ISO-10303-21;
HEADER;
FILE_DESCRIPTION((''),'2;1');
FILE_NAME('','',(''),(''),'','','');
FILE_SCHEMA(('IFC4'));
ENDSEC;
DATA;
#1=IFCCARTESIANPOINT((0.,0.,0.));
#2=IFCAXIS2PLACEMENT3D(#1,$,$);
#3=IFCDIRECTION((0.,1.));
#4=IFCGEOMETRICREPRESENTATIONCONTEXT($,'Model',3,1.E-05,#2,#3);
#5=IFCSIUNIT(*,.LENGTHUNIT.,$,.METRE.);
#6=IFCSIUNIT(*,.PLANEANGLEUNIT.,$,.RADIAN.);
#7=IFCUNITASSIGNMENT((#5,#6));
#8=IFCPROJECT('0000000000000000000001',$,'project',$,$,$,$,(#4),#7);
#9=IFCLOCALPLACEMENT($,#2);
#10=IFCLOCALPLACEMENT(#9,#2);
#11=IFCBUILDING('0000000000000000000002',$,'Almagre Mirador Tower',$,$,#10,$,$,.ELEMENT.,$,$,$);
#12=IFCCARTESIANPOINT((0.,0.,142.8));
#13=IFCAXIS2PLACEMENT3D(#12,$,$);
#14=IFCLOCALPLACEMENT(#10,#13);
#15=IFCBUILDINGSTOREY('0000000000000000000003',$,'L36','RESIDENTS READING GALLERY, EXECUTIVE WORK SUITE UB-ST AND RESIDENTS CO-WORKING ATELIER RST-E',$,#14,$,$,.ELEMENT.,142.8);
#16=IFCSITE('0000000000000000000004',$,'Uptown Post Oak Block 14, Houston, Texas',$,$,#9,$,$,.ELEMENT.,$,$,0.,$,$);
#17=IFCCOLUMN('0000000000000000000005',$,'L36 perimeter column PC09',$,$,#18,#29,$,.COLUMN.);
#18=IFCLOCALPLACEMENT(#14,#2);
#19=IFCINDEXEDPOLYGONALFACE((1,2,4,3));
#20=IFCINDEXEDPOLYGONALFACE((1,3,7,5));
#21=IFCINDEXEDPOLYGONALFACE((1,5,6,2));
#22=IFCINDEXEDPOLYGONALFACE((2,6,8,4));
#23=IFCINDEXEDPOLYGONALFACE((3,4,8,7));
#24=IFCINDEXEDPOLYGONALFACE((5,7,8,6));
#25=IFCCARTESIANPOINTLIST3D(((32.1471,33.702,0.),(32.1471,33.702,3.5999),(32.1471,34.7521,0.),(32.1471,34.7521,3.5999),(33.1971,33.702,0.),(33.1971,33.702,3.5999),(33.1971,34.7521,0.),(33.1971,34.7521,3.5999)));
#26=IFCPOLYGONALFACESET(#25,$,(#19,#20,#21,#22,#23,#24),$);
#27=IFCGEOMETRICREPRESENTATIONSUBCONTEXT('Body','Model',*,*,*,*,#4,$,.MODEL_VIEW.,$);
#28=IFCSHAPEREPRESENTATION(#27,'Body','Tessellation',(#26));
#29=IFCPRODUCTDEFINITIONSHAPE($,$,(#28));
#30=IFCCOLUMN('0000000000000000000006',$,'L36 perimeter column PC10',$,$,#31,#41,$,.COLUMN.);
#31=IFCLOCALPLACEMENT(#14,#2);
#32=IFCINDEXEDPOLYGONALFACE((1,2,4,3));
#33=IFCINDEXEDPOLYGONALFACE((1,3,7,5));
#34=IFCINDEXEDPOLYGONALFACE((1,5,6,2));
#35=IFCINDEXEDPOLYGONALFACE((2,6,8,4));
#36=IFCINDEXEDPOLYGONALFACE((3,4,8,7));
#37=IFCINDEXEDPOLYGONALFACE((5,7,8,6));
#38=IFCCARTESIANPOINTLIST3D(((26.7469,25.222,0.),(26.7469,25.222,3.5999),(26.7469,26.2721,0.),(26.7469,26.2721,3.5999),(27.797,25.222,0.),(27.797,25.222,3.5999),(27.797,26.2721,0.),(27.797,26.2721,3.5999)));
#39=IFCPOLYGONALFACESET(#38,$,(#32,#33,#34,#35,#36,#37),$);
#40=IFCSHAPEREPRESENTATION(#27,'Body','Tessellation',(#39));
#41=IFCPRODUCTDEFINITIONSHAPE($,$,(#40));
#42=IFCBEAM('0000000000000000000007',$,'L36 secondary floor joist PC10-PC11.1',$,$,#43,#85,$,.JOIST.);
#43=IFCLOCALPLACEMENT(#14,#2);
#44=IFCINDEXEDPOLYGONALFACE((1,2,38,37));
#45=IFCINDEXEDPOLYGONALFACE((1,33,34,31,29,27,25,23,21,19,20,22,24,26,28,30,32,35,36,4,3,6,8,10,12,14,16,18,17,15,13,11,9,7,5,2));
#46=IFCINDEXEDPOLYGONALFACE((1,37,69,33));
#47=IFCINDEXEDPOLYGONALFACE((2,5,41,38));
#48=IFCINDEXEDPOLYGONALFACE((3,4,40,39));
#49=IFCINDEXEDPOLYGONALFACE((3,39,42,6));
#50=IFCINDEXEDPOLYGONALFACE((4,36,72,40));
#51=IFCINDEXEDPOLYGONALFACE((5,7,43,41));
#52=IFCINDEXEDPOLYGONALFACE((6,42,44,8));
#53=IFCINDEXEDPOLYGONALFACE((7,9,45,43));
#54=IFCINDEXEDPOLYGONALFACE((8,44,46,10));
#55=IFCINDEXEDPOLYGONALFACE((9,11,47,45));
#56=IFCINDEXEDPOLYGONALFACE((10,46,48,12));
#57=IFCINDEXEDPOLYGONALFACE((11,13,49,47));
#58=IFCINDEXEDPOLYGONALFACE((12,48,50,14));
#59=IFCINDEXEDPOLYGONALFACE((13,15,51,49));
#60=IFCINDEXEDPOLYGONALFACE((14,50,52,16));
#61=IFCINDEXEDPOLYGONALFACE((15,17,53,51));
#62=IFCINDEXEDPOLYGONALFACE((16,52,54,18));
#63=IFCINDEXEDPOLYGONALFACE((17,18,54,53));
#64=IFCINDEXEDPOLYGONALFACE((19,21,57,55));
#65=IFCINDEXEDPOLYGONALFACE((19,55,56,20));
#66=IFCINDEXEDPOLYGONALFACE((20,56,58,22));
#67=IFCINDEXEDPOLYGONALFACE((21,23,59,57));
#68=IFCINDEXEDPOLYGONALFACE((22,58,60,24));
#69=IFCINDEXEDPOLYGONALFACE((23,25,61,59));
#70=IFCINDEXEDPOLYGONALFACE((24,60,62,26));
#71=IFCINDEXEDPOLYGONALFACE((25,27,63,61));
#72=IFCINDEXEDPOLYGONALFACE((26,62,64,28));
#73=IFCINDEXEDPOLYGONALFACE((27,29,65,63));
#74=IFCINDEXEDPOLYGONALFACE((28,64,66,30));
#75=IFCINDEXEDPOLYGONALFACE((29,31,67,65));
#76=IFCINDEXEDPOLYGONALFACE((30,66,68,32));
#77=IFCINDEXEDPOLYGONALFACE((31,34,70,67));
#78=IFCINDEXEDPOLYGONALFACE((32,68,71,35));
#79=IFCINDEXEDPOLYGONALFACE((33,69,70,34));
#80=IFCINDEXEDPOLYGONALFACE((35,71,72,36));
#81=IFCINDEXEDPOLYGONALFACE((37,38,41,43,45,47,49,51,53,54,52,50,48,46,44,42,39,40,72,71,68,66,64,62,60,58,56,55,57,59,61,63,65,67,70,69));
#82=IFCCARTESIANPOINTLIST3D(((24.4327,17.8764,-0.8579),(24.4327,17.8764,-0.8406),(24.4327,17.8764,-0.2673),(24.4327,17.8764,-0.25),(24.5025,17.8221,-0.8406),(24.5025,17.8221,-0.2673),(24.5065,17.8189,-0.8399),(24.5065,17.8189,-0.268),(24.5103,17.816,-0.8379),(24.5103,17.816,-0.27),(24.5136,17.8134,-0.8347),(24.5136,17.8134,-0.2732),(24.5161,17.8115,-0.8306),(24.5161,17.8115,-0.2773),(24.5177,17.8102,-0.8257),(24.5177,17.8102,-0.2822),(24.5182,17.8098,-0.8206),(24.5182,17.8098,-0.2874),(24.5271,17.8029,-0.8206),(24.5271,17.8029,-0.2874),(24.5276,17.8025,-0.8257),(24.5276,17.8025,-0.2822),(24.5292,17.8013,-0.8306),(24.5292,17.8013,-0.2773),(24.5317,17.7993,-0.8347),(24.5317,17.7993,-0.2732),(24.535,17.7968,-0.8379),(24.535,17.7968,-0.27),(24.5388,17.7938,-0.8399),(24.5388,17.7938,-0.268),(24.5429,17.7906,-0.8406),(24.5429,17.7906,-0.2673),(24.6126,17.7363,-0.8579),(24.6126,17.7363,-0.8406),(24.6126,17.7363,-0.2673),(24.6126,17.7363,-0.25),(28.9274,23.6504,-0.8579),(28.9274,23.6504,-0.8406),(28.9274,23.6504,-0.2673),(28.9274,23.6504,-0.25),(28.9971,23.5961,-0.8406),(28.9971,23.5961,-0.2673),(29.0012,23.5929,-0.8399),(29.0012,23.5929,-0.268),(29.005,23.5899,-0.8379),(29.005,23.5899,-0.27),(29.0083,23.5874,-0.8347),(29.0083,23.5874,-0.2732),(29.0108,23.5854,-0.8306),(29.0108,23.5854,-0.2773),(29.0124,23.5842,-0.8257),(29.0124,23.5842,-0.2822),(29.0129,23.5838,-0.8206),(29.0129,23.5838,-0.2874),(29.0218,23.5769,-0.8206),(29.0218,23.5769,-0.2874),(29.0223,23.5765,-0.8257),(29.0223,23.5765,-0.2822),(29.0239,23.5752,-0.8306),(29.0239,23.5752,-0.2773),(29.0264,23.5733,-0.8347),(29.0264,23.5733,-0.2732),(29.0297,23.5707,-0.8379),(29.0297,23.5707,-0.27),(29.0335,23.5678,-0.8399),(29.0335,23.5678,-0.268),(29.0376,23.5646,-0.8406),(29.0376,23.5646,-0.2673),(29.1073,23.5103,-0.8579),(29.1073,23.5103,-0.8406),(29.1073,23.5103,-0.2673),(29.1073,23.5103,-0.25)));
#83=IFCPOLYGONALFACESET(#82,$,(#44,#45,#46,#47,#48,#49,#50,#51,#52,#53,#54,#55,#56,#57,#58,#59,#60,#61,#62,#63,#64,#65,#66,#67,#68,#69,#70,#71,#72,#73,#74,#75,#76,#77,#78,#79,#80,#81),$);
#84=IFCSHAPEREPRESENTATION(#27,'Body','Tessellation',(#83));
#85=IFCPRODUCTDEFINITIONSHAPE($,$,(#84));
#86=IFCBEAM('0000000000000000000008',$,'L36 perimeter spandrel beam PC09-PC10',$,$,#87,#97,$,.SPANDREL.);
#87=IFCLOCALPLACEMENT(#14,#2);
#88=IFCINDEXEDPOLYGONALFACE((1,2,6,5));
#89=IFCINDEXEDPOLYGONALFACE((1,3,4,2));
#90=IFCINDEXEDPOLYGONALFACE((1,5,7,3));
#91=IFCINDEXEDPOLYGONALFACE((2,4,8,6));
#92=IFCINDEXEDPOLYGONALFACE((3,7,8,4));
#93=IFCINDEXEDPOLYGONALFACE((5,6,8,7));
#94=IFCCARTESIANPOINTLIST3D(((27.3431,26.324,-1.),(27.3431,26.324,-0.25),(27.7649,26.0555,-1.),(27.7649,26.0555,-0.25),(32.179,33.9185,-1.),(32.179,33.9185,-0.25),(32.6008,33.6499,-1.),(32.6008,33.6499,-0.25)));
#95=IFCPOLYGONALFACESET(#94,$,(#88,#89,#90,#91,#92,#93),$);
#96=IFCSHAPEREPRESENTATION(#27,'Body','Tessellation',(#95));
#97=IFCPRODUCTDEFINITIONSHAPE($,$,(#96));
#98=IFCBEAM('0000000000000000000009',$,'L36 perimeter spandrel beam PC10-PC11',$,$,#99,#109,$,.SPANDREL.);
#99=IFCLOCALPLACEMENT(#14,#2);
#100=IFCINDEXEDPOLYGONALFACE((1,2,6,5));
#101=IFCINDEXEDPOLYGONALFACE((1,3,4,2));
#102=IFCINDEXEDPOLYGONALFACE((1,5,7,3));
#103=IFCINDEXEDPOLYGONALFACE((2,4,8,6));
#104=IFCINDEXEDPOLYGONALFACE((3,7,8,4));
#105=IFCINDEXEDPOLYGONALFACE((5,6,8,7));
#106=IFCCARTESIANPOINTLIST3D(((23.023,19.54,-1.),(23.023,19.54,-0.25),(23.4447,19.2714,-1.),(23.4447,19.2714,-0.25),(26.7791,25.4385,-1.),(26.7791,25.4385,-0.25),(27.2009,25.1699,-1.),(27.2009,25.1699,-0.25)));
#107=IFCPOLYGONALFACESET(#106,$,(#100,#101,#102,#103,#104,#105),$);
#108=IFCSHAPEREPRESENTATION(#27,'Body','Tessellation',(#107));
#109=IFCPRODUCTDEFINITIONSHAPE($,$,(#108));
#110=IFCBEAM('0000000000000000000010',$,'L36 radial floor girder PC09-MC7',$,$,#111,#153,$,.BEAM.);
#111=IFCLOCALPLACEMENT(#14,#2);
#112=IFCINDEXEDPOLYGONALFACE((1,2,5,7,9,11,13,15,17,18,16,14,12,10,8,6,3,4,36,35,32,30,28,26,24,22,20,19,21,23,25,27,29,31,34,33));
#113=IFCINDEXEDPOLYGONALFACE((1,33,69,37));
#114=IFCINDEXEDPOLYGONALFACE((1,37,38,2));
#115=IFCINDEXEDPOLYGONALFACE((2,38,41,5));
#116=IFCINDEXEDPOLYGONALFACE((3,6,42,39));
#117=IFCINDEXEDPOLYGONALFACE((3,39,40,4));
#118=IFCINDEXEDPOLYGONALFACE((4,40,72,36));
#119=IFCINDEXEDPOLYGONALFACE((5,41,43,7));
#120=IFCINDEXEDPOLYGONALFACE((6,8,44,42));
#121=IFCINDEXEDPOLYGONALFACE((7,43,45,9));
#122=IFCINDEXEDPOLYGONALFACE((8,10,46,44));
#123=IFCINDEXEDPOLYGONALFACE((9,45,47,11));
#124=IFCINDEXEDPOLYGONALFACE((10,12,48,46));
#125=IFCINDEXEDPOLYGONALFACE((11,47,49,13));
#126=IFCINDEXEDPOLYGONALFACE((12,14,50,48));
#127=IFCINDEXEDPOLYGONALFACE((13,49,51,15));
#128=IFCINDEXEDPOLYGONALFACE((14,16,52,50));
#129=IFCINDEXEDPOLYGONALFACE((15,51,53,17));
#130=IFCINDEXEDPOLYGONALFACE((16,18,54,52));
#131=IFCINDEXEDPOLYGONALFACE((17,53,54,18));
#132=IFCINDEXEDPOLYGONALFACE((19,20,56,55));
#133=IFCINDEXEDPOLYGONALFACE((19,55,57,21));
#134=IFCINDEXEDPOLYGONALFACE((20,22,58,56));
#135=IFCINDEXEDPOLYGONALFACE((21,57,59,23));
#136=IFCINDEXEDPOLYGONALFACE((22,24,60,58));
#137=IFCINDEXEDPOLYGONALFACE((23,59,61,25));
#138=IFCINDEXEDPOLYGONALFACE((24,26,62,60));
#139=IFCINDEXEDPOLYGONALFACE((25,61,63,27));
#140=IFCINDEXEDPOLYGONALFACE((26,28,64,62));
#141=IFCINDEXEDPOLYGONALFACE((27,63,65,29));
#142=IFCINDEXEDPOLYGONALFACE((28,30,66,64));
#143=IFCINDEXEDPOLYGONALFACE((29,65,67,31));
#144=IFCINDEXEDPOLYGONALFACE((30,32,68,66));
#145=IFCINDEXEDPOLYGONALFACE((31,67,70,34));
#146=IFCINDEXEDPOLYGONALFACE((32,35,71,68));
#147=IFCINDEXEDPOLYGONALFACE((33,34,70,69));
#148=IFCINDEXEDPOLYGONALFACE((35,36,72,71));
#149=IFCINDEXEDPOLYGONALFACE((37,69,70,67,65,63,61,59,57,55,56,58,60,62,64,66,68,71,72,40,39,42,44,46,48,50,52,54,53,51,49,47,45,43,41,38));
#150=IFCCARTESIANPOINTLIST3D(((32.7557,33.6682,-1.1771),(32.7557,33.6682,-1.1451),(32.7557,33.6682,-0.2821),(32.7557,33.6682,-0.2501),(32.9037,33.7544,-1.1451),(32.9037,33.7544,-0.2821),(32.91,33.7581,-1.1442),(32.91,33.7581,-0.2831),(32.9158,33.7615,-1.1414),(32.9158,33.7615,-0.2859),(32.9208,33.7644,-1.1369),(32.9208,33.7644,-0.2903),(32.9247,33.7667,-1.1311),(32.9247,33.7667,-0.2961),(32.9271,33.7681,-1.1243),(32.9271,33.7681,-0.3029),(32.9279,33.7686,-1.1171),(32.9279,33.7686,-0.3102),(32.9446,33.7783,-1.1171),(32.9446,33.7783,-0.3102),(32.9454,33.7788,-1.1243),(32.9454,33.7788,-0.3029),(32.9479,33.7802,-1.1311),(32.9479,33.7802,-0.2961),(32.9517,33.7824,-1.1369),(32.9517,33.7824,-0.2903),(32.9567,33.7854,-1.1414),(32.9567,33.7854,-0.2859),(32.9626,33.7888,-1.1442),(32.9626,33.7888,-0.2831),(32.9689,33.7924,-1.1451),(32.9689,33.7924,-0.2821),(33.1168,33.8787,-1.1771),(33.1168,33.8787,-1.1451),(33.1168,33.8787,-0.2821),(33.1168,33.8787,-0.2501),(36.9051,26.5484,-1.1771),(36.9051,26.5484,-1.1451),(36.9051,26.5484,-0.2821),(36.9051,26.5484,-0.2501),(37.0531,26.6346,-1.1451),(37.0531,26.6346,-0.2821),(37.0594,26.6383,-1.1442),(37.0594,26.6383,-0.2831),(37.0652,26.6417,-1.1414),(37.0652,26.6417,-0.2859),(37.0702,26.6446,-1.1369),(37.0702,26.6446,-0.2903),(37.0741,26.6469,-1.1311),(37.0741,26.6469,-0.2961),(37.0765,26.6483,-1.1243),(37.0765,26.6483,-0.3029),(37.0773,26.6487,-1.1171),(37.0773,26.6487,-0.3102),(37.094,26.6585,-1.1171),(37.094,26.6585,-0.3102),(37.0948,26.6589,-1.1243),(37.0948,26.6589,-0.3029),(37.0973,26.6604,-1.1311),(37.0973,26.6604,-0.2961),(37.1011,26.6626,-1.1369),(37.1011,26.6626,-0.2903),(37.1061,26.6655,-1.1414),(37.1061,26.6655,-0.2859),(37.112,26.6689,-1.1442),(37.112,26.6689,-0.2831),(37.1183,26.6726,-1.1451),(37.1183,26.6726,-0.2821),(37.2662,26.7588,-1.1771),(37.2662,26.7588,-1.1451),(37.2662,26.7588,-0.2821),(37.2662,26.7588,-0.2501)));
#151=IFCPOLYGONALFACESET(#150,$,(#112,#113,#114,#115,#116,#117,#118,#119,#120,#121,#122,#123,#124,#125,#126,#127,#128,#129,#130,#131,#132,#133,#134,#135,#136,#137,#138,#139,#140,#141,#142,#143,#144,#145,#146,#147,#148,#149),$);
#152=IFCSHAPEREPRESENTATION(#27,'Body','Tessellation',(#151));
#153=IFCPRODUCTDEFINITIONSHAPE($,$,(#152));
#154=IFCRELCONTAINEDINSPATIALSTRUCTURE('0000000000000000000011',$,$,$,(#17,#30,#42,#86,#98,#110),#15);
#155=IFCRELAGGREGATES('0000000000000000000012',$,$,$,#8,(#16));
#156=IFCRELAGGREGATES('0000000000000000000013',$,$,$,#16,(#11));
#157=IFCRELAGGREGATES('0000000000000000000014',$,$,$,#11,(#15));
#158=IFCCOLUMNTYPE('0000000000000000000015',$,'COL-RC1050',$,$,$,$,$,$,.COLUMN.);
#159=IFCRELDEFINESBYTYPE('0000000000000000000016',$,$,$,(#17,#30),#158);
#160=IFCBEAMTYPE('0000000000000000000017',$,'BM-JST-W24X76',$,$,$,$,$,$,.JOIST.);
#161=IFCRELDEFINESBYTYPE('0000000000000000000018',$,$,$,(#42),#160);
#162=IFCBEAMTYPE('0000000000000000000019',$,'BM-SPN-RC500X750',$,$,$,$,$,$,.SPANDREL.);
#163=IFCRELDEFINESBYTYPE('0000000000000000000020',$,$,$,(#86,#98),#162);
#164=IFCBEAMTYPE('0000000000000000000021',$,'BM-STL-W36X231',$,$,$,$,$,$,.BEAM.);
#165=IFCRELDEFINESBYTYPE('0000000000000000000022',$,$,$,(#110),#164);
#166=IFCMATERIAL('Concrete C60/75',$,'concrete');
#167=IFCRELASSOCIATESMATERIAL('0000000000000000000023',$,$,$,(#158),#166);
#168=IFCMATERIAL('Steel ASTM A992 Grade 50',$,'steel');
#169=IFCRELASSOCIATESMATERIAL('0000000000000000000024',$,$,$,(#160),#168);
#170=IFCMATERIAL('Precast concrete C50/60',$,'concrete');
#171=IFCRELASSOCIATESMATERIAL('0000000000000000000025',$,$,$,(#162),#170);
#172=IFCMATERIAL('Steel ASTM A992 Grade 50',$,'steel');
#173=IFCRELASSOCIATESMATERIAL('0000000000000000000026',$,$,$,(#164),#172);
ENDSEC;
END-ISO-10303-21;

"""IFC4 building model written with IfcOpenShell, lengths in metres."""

from ifc_helpers import new_model, si_unit, direction, frame, origin, origin_2d, place, context, subcontext, project, spatial, rectangle, i_section, extrude, material, material_profile, profile_set, type_object, element, save


model = new_model("IFC4")

# Units and contexts
model_context = context("Model", 3, precision=1e-05, world=origin(), true_north=direction((0.0, 1.0)))
body_context = subcontext(model_context, "Body", "Model", "MODEL_VIEW")
ifc_project = project(units=[si_unit("LENGTHUNIT", "METRE"), si_unit("PLANEANGLEUNIT", "RADIAN")], contexts=[model_context])

# Site, building, storey
site_placement = place(None, origin())
site = spatial("IfcSite", under=ifc_project, at=site_placement, Name="Uptown Post Oak Block 14, Houston, Texas", CompositionType="ELEMENT", RefElevation=0.0)
building_placement = place(site_placement, origin())
building = spatial("IfcBuilding", under=site, at=building_placement, Name="Almagre Mirador Tower", CompositionType="ELEMENT")
storey_placement = place(building_placement, frame((0.0, 0.0, 142.8)))
storey = spatial("IfcBuildingStorey", under=building, at=storey_placement, Name="L36", Description="RESIDENTS READING GALLERY, EXECUTIVE WORK SUITE UB-ST AND RESIDENTS CO-WORKING ATELIER RST-E", CompositionType="ELEMENT", Elevation=142.8)

# Columns
ifc_material_1 = material(Name="Concrete C60/75", Category="concrete")
ifc_material_profile_1 = material_profile(ifc_material_1, rectangle(XDim=1.05, YDim=1.05, at=origin_2d()), Name="RC1050X1050")
ifc_profile_set_1 = profile_set([ifc_material_profile_1], Name="Concrete C60/75")
column_type = type_object("IfcColumnType", Name="COL-RC1050", PredefinedType="COLUMN", material=ifc_profile_set_1)
for number, where, z_axis, x_axis, name in (
    (1, (32.6721, 34.2271, 0.0), (0.0, 0.0, 1.0), (1.0, 0.0, 0.0), "L36 perimeter column PC09"),
    (2, (27.272, 25.7471, 0.0), (0.0, 0.0, 1.0), (1.0, 0.0, 0.0), "L36 perimeter column PC10"),
):
    element("IfcColumn", number, at=place(storey_placement, frame(where, z_axis=z_axis, x_axis=x_axis)), inside=storey, type_object=column_type, Name=name, PredefinedType="COLUMN", context=body_context, shape_type="SweptSolid", body=[
        extrude(rectangle(XDim=1.05, YDim=1.05, at=origin_2d()), origin(), (0.0, 0.0, 1.0), 3.5999),
    ])

# Beams
ifc_material_2 = material(Name="Steel ASTM A992 Grade 50", Category="steel")
ifc_material_profile_2 = material_profile(ifc_material_2, i_section(OverallWidth=0.228, OverallDepth=0.6079, WebThickness=0.0112, FlangeThickness=0.0173, FilletRadius=0.02, at=origin_2d()), Name="W24X76")
ifc_profile_set_2 = profile_set([ifc_material_profile_2], Name="Steel ASTM A992 Grade 50")
beam_type_1 = type_object("IfcBeamType", Name="BM-JST-W24X76", PredefinedType="JOIST", material=ifc_profile_set_2)
beam_1_placement = place(storey_placement, frame((29.0173, 23.5803, -0.554), z_axis=(-0.614264, -0.789101, 0.0), x_axis=(0.789101, -0.614264, 0.0)))
element("IfcBeam", 3, at=beam_1_placement, inside=storey, type_object=beam_type_1, Name="L36 secondary floor joist PC10-PC11.1", PredefinedType="JOIST", context=body_context, shape_type="SweptSolid", body=[
    extrude(i_section(OverallWidth=0.228, OverallDepth=0.6079, WebThickness=0.0112, FlangeThickness=0.0173, FilletRadius=0.02, at=origin_2d()), origin(), (0.0, 0.0, 1.0), 7.3171),
])
ifc_material_3 = material(Name="Precast concrete C50/60", Category="concrete")
ifc_material_profile_3 = material_profile(ifc_material_3, rectangle(XDim=0.5, YDim=0.75, at=origin_2d()), Name="RC500X750")
ifc_profile_set_3 = profile_set([ifc_material_profile_3], Name="Precast concrete C50/60")
beam_type_2 = type_object("IfcBeamType", Name="BM-SPN-RC500X750", PredefinedType="SPANDREL", material=ifc_profile_set_3)
beam_2_placement = place(storey_placement, frame((32.3899, 33.7842, -0.625), z_axis=(-0.537119, -0.843506, 0.0), x_axis=(0.843506, -0.537119, 0.0)))
element("IfcBeam", 4, at=beam_2_placement, inside=storey, type_object=beam_type_2, Name="L36 perimeter spandrel beam PC09-PC10", PredefinedType="SPANDREL", context=body_context, shape_type="SweptSolid", body=[
    extrude(rectangle(XDim=0.5, YDim=0.75, at=origin_2d()), origin(), (0.0, 0.0, 1.0), 9.0034),
])
beam_3_placement = place(storey_placement, frame((26.99, 25.3042, -0.625), z_axis=(-0.537135, -0.843496, 0.0), x_axis=(0.843496, -0.537135, 0.0)))
element("IfcBeam", 5, at=beam_3_placement, inside=storey, type_object=beam_type_2, Name="L36 perimeter spandrel beam PC10-PC11", PredefinedType="SPANDREL", context=body_context, shape_type="SweptSolid", body=[
    extrude(rectangle(XDim=0.5, YDim=0.75, at=origin_2d()), origin(), (0.0, 0.0, 1.0), 6.9929),
])
ifc_material_4 = material(Name="Steel ASTM A992 Grade 50", Category="steel")
ifc_material_profile_4 = material_profile(ifc_material_4, i_section(OverallWidth=0.418, OverallDepth=0.927, WebThickness=0.0193, FlangeThickness=0.032, FilletRadius=0.0281, at=origin_2d()), Name="W36X231")
ifc_profile_set_4 = profile_set([ifc_material_profile_4], Name="Steel ASTM A992 Grade 50")
beam_type_3 = type_object("IfcBeamType", Name="BM-STL-W36X231", PredefinedType="BEAM", material=ifc_profile_set_4)
beam_4_placement = place(storey_placement, frame((32.9363, 33.7734, -0.7136), z_axis=(0.503523, -0.863982, 0.0), x_axis=(0.863982, 0.503523, 0.0)))
element("IfcBeam", 6, at=beam_4_placement, inside=storey, type_object=beam_type_3, Name="L36 radial floor girder PC09-MC7", PredefinedType="BEAM", context=body_context, shape_type="SweptSolid", body=[
    extrude(i_section(OverallWidth=0.418, OverallDepth=0.927, WebThickness=0.0193, FlangeThickness=0.032, FilletRadius=0.0281, at=origin_2d()), origin(), (0.0, 0.0, 1.0), 8.2407),
])

save(model, "model.ifc")
